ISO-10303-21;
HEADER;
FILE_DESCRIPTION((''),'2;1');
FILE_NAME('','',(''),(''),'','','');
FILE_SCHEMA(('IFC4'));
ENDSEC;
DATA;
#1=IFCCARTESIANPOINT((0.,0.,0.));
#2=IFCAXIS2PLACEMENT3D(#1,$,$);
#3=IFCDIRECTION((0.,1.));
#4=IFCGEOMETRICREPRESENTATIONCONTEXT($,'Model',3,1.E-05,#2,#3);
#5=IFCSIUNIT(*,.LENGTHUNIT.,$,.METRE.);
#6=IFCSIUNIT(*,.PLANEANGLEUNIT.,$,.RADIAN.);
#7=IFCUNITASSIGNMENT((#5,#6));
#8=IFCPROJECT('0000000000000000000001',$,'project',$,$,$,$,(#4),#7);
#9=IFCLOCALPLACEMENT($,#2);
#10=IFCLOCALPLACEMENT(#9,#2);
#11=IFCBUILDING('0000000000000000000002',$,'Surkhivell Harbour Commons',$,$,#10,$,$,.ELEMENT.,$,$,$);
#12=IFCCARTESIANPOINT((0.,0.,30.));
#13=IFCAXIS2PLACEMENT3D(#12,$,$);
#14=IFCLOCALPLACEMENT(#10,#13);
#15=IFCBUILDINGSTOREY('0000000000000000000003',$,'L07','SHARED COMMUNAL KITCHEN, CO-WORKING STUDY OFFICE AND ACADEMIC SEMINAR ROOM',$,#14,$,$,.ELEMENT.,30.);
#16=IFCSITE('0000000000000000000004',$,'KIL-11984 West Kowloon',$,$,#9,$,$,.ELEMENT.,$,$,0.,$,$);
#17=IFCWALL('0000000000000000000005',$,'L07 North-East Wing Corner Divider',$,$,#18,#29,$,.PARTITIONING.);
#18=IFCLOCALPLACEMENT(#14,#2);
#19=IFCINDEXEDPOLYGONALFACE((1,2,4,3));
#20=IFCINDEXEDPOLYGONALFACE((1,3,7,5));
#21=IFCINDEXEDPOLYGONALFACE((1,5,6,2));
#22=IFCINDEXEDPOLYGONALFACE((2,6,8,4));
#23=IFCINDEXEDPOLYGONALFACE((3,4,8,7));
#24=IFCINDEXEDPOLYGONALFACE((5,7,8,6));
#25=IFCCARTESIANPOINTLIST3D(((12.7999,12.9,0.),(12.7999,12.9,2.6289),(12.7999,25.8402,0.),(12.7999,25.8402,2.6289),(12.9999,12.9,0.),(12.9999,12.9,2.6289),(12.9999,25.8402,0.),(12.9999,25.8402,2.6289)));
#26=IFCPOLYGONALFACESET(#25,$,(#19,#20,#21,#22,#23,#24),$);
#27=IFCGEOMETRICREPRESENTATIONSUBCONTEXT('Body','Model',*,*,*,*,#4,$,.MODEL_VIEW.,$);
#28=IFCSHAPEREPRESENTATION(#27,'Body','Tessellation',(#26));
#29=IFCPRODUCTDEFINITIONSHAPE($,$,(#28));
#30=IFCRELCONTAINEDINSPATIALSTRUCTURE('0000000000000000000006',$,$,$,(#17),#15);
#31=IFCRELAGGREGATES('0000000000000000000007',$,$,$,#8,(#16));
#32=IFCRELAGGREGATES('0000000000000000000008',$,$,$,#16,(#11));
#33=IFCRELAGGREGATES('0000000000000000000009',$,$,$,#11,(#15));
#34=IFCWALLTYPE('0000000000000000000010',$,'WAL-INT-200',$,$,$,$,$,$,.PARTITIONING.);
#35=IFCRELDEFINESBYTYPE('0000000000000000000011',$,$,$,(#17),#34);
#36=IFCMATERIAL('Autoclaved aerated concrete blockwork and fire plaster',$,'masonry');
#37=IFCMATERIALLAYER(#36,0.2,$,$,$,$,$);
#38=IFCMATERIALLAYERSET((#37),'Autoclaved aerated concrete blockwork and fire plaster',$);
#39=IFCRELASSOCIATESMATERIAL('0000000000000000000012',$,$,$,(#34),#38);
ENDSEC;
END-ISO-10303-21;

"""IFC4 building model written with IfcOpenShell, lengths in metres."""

from ifc_helpers import new_model, si_unit, direction, frame, frame_2d, origin, place, context, subcontext, project, spatial, rectangle, extrude, material, layer, layer_set, type_object, element, save


model = new_model("IFC4")

# Units and contexts
model_context = context("Model", 3, precision=1e-05, world=origin(), true_north=direction((0.0, 1.0)))
body_context = subcontext(model_context, "Body", "Model", "MODEL_VIEW")
ifc_project = project(units=[si_unit("LENGTHUNIT", "METRE"), si_unit("PLANEANGLEUNIT", "RADIAN")], contexts=[model_context])

# Site, building, storey
site_placement = place(None, origin())
site = spatial("IfcSite", under=ifc_project, at=site_placement, Name="KIL-11984 West Kowloon", CompositionType="ELEMENT", RefElevation=0.0)
building_placement = place(site_placement, origin())
building = spatial("IfcBuilding", under=site, at=building_placement, Name="Surkhivell Harbour Commons", CompositionType="ELEMENT")
storey_placement = place(building_placement, frame((0.0, 0.0, 30.0)))
storey = spatial("IfcBuildingStorey", under=building, at=storey_placement, Name="L07", Description="SHARED COMMUNAL KITCHEN, CO-WORKING STUDY OFFICE AND ACADEMIC SEMINAR ROOM", CompositionType="ELEMENT", Elevation=30.0)

# Wall
ifc_material_1 = material(Name="Autoclaved aerated concrete blockwork and fire plaster", Category="masonry")
ifc_layer_1 = layer(ifc_material_1, 0.2)
ifc_layer_set_1 = layer_set([ifc_layer_1], Name="Autoclaved aerated concrete blockwork and fire plaster")
wall_type = type_object("IfcWallType", Name="WAL-INT-200", PredefinedType="PARTITIONING", material=ifc_layer_set_1)
wall_placement = place(storey_placement, frame((12.8999, 12.8999, 0.0), z_axis=(0.0, 0.0, 1.0), x_axis=(0.0, 1.0, 0.0)))
element("IfcWall", 1, at=wall_placement, inside=storey, type_object=wall_type, Name="L07 North-East Wing Corner Divider", PredefinedType="PARTITIONING", context=body_context, shape_type="SweptSolid", body=[
    extrude(rectangle(XDim=12.9402, YDim=0.2, at=frame_2d((6.4702, 0.0))), origin(), (0.0, 0.0, 1.0), 2.6289),
])

save(model, "model.ifc")
